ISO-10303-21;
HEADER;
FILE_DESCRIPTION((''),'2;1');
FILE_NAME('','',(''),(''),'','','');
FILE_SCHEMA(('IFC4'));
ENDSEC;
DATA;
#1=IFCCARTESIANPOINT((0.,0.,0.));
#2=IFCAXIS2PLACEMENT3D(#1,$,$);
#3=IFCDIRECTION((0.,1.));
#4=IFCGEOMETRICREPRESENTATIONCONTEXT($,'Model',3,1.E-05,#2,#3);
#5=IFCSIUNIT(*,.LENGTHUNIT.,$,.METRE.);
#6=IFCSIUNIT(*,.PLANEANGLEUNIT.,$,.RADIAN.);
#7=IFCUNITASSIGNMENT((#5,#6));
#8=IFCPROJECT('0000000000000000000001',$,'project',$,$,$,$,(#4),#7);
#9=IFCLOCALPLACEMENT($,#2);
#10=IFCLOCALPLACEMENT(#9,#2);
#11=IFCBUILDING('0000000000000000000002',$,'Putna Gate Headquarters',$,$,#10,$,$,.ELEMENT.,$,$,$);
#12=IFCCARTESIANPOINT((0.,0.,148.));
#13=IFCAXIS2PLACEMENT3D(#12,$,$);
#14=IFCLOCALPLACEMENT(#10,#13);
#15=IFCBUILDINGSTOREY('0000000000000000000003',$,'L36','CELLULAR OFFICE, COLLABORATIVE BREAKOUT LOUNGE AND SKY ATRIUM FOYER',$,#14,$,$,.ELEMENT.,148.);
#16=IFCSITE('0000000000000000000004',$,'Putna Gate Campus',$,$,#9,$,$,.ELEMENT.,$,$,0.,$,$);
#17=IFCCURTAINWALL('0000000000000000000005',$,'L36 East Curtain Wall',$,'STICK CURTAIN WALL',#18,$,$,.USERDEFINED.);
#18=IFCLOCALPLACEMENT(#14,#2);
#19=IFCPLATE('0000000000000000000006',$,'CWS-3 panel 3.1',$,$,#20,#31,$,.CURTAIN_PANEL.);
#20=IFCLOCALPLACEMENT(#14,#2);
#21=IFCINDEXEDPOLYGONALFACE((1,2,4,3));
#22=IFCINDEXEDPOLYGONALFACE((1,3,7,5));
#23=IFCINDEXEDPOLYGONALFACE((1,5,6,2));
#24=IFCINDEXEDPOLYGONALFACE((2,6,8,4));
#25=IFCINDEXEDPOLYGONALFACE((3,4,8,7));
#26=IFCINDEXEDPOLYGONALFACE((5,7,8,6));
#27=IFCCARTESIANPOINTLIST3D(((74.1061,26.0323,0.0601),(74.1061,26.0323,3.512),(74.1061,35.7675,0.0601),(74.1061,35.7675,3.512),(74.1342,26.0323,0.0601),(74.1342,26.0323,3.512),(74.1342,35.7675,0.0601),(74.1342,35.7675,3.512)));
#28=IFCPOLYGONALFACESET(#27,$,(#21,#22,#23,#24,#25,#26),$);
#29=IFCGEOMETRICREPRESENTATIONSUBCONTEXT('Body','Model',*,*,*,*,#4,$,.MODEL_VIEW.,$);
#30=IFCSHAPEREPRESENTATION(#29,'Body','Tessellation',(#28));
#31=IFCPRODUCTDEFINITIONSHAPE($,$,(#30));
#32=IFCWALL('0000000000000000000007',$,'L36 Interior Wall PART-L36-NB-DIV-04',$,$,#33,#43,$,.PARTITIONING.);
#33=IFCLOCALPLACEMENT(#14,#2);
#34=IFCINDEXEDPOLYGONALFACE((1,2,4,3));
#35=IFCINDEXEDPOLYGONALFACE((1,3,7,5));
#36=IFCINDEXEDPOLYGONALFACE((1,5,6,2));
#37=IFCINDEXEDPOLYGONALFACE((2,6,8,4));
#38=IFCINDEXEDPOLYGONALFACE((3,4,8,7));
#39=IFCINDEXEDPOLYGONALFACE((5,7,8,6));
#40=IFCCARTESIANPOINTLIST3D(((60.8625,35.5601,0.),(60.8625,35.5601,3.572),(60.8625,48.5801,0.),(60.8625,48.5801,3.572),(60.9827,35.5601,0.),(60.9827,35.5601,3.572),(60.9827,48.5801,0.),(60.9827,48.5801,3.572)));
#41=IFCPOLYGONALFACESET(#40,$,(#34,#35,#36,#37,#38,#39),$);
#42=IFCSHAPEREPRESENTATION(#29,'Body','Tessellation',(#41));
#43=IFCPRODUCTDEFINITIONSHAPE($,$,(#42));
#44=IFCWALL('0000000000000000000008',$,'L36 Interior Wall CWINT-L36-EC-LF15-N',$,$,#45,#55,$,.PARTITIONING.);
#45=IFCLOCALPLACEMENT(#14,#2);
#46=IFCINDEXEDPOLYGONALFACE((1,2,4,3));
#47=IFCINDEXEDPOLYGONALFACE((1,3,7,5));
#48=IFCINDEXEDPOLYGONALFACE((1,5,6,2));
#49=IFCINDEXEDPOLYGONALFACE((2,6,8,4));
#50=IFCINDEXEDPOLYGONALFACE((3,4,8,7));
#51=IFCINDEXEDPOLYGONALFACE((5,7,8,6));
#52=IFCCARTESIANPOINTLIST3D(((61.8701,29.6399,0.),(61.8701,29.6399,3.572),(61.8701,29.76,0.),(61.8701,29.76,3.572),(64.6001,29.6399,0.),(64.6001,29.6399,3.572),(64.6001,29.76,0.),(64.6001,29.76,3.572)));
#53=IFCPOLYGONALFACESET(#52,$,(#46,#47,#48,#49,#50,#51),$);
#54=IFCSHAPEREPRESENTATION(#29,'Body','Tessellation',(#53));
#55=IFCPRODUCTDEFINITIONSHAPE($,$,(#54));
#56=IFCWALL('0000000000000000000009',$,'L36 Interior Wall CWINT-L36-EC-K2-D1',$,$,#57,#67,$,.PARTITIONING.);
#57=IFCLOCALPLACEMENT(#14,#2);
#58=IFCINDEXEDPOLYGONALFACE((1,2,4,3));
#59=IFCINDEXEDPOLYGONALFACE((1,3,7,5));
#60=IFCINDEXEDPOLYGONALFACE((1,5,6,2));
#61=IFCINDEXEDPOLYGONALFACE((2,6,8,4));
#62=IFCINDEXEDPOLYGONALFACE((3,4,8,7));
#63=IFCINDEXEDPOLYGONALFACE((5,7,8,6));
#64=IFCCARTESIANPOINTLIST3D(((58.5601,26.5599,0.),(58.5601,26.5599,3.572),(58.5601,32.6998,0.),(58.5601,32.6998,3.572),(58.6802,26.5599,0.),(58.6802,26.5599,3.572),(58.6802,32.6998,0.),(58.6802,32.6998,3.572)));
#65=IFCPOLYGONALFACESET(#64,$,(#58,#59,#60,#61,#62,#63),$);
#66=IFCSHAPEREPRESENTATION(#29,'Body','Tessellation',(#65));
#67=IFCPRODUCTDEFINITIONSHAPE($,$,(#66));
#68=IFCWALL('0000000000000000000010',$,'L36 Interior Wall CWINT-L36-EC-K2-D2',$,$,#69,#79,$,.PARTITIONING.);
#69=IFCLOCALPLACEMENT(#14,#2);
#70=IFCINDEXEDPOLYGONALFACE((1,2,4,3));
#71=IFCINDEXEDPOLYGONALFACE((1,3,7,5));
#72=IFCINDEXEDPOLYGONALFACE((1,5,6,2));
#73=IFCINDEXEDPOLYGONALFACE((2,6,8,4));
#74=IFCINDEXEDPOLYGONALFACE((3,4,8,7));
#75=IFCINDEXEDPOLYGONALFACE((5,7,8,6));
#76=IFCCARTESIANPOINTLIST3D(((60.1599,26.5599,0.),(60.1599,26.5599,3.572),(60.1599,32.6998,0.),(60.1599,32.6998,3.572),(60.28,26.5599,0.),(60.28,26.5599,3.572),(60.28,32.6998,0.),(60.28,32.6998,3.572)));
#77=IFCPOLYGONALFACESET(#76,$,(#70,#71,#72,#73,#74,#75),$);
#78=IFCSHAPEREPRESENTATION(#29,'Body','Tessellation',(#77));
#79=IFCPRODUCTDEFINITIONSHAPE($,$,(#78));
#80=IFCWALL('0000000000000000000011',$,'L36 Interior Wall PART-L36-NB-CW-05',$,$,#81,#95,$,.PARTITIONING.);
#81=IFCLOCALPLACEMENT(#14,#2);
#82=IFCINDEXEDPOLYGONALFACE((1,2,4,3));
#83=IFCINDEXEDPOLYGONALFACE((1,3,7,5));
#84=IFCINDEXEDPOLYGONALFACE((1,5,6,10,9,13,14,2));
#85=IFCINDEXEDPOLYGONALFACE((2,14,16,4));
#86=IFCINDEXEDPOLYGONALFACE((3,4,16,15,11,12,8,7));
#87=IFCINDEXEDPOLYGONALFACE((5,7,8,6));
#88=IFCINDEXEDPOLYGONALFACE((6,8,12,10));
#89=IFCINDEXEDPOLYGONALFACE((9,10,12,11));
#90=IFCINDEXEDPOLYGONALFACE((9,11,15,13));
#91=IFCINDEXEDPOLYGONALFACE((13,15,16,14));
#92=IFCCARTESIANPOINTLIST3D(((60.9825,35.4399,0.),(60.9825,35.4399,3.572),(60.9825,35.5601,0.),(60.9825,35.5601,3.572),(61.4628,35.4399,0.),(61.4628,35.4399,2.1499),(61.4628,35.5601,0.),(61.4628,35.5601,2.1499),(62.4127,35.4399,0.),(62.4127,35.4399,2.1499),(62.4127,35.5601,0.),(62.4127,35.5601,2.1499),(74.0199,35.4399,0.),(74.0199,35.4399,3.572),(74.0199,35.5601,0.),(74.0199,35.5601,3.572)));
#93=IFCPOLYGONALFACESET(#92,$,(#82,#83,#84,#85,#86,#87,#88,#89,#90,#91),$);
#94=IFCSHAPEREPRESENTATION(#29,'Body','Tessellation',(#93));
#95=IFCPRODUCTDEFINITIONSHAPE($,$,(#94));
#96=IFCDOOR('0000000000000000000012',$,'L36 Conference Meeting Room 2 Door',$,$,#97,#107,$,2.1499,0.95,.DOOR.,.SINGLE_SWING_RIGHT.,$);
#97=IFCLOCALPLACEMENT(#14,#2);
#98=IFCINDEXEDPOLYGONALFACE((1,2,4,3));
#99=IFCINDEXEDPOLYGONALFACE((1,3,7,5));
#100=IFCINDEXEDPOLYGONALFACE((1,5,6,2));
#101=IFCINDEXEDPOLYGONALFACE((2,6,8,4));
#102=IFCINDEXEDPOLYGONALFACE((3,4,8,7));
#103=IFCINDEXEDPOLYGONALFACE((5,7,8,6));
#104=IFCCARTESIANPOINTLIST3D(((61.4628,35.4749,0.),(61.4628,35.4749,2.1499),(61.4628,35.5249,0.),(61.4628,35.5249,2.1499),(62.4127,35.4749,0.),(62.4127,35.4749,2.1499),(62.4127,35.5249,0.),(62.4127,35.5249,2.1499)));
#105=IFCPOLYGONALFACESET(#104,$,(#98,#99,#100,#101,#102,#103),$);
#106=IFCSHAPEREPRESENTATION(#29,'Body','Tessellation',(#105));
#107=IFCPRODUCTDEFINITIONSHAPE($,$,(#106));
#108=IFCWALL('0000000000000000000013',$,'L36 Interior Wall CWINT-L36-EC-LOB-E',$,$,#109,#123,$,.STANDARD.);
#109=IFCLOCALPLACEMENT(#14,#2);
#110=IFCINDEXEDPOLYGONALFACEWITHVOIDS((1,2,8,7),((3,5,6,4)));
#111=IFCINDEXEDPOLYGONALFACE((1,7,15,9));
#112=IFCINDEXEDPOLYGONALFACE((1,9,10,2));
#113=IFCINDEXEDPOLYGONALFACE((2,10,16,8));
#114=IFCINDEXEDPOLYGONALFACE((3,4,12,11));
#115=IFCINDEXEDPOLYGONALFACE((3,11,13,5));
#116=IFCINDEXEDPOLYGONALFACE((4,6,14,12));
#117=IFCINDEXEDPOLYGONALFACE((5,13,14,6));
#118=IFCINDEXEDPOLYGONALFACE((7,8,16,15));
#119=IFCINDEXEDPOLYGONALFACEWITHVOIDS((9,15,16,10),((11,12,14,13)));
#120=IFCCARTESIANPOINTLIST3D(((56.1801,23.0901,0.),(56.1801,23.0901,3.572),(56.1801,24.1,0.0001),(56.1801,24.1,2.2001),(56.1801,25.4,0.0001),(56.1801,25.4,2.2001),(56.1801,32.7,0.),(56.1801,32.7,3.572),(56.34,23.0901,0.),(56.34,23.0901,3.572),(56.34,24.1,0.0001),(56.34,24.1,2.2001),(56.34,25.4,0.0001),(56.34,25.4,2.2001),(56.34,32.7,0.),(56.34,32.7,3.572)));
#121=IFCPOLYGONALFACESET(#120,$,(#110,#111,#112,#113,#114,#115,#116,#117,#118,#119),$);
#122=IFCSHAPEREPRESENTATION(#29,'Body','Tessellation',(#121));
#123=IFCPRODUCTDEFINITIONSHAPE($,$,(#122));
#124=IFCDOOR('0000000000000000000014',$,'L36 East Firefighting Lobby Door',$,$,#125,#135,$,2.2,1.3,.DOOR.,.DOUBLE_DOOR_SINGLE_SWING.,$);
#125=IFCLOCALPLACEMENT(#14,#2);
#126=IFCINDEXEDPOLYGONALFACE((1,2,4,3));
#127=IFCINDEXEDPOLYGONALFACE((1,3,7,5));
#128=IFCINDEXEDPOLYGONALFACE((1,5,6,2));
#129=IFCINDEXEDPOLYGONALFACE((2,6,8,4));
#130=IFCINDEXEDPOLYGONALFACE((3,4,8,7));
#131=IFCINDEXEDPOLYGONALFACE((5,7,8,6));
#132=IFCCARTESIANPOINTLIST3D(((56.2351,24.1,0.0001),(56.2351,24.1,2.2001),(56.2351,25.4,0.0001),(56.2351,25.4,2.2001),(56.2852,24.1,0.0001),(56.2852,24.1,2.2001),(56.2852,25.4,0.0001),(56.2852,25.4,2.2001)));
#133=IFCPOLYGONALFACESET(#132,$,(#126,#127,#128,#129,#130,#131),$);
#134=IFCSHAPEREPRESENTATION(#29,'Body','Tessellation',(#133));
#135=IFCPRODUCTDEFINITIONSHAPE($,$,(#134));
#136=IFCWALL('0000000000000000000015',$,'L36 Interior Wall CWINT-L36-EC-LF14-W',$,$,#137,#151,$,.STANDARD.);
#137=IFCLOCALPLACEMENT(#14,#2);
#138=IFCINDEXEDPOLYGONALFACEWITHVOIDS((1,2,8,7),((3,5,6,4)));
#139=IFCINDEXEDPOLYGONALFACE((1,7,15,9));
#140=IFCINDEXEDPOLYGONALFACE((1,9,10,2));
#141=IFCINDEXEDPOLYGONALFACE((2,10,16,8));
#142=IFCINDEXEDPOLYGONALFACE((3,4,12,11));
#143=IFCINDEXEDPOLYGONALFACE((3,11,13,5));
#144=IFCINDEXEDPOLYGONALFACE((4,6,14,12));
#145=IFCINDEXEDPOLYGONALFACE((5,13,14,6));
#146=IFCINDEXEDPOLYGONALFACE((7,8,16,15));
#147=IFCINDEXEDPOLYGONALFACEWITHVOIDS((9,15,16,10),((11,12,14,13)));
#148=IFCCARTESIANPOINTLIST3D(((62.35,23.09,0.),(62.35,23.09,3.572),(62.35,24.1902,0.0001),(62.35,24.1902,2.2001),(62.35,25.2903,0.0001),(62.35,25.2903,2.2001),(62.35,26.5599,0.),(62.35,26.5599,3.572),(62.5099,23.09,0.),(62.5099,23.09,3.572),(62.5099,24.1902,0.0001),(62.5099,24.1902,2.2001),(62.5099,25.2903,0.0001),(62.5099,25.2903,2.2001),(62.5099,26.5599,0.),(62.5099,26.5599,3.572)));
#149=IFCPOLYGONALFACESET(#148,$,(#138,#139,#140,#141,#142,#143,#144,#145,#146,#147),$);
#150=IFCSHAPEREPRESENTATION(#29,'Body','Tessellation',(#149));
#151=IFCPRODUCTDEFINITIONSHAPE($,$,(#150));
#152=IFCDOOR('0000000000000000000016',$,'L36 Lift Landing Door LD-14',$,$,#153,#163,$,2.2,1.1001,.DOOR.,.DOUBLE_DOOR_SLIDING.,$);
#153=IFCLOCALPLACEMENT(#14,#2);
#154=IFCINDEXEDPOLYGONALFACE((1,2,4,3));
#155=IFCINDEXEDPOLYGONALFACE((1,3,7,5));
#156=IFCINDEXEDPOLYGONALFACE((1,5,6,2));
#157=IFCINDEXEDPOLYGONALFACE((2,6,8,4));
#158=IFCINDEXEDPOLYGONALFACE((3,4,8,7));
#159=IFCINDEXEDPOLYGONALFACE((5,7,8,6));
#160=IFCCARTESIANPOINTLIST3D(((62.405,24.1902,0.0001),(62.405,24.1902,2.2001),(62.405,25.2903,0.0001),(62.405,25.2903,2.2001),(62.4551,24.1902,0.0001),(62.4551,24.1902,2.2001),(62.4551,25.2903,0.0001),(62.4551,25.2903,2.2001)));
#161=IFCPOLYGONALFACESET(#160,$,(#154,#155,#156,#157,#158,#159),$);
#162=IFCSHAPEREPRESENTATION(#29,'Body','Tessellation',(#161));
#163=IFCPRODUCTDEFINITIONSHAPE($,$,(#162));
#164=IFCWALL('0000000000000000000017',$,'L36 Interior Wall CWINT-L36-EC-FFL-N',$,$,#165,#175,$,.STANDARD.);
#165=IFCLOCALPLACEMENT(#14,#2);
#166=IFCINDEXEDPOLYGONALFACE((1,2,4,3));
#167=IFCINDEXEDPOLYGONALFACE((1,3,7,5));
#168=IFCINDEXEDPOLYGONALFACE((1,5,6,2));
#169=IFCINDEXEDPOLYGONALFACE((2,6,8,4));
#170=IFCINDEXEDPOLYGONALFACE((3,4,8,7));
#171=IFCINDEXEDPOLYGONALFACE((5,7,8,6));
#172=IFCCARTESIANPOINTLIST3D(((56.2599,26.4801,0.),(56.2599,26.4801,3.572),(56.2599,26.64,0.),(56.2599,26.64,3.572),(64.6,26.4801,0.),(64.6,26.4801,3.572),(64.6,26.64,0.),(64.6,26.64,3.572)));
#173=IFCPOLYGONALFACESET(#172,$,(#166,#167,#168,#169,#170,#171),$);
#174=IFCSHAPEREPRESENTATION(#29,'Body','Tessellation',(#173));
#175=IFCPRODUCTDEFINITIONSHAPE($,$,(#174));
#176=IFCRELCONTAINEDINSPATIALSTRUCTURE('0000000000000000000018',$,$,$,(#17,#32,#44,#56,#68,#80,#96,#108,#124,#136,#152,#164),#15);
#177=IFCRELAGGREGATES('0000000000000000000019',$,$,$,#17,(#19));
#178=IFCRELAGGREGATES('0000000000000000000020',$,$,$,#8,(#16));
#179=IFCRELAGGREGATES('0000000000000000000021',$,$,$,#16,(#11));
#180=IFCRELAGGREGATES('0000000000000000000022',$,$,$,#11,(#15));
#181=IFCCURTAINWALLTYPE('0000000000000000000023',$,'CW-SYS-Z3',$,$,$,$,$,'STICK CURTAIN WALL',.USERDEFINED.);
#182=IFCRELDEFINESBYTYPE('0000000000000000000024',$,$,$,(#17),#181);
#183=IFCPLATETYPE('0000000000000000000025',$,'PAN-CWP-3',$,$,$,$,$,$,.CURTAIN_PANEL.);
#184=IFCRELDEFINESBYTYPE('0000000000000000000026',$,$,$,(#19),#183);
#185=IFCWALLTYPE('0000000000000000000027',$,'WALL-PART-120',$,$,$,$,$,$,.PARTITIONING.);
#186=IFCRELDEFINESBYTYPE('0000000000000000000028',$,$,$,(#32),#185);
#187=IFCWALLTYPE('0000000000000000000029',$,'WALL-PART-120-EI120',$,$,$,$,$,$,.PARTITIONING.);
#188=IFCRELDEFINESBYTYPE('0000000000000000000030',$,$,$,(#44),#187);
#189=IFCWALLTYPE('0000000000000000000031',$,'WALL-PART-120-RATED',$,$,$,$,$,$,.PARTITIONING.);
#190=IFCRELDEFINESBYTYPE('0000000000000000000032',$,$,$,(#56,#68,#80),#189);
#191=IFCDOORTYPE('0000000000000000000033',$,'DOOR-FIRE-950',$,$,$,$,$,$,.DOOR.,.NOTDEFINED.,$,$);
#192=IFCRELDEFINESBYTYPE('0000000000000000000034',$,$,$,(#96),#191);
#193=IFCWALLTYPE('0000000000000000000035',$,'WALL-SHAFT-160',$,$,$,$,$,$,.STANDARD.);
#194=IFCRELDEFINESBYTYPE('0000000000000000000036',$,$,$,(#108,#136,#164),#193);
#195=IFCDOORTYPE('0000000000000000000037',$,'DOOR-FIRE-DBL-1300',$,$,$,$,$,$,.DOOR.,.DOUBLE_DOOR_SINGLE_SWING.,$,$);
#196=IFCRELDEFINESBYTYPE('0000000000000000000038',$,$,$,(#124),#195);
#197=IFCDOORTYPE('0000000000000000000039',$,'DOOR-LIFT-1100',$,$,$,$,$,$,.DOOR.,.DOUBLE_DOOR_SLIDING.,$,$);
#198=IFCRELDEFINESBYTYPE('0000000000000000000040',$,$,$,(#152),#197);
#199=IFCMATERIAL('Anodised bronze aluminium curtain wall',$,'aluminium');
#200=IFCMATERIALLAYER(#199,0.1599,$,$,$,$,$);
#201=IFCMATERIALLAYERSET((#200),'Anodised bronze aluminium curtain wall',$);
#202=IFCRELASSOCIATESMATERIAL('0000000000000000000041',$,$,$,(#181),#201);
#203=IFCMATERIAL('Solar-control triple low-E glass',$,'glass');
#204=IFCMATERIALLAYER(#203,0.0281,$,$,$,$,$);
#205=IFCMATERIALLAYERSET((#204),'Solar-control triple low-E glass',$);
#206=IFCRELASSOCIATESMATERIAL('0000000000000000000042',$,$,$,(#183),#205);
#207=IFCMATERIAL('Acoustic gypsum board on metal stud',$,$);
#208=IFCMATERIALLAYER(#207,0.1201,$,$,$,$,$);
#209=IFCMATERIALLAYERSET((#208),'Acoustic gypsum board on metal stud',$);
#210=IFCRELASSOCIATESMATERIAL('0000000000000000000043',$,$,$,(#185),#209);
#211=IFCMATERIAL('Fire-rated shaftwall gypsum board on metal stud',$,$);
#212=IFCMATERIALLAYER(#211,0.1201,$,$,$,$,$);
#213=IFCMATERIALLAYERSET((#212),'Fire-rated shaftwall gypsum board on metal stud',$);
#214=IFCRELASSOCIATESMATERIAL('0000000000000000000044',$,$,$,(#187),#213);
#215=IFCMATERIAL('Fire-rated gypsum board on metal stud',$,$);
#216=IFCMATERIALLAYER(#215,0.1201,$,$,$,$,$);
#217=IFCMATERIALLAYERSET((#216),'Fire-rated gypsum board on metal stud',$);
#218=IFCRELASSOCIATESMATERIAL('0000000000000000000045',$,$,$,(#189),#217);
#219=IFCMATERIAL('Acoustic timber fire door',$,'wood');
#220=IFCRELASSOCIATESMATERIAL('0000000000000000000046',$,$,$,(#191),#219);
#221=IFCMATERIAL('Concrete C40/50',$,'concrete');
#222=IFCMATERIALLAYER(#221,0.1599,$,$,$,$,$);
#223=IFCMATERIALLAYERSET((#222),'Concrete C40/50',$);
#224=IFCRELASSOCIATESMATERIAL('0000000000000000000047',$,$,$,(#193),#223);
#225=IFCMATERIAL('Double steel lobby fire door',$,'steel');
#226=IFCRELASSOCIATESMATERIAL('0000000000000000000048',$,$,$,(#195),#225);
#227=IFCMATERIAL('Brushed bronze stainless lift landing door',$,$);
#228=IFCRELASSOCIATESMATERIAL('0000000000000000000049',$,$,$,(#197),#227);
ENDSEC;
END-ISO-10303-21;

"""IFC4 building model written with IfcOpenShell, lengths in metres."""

from ifc_helpers import new_model, si_unit, direction, frame, frame_2d, origin, origin_2d, place, context, subcontext, project, spatial, rectangle, extrude, material, layer, layer_set, type_object, element, fill, aggregate, save


model = new_model("IFC4")

# Units and contexts
model_context = context("Model", 3, precision=1e-05, world=origin(), true_north=direction((0.0, 1.0)))
body_context = subcontext(model_context, "Body", "Model", "MODEL_VIEW")
ifc_project = project(units=[si_unit("LENGTHUNIT", "METRE"), si_unit("PLANEANGLEUNIT", "RADIAN")], contexts=[model_context])

# Site, building, storey
site_placement = place(None, origin())
site = spatial("IfcSite", under=ifc_project, at=site_placement, Name="Putna Gate Campus", CompositionType="ELEMENT", RefElevation=0.0)
building_placement = place(site_placement, origin())
building = spatial("IfcBuilding", under=site, at=building_placement, Name="Putna Gate Headquarters", CompositionType="ELEMENT")
storey_placement = place(building_placement, frame((0.0, 0.0, 148.0)))
storey = spatial("IfcBuildingStorey", under=building, at=storey_placement, Name="L36", Description="CELLULAR OFFICE, COLLABORATIVE BREAKOUT LOUNGE AND SKY ATRIUM FOYER", CompositionType="ELEMENT", Elevation=148.0)

# Curtain wall, plate
ifc_material_1 = material(Name="Anodised bronze aluminium curtain wall", Category="aluminium")
ifc_layer_1 = layer(ifc_material_1, 0.1599)
ifc_layer_set_1 = layer_set([ifc_layer_1], Name="Anodised bronze aluminium curtain wall")
curtain_wall_type = type_object("IfcCurtainWallType", Name="CW-SYS-Z3", ElementType="STICK CURTAIN WALL", PredefinedType="USERDEFINED", material=ifc_layer_set_1)
curtain_wall_placement = place(storey_placement, origin())
curtain_wall = element("IfcCurtainWall", 1, at=curtain_wall_placement, inside=storey, type_object=curtain_wall_type, Name="L36 East Curtain Wall", ObjectType="STICK CURTAIN WALL", PredefinedType="USERDEFINED")
ifc_material_2 = material(Name="Solar-control triple low-E glass", Category="glass")
ifc_layer_2 = layer(ifc_material_2, 0.0281)
ifc_layer_set_2 = layer_set([ifc_layer_2], Name="Solar-control triple low-E glass")
plate_type = type_object("IfcPlateType", Name="PAN-CWP-3", PredefinedType="CURTAIN_PANEL", material=ifc_layer_set_2)
plate_placement = place(storey_placement, frame((74.1201, 30.8999, 0.0601), z_axis=(0.0, 0.0, 1.0), x_axis=(0.0, 1.0, 0.0)))
plate = element("IfcPlate", 2, at=plate_placement, type_object=plate_type, Name="CWS-3 panel 3.1", PredefinedType="CURTAIN_PANEL", context=body_context, shape_type="SweptSolid", body=[
    extrude(rectangle(XDim=9.7351, YDim=0.0281, at=origin_2d()), origin(), (0.0, 0.0, 1.0), 3.4519),
])
aggregate(curtain_wall, [plate])

# Walls
ifc_material_3 = material(Name="Acoustic gypsum board on metal stud")
ifc_layer_3 = layer(ifc_material_3, 0.1201)
ifc_layer_set_3 = layer_set([ifc_layer_3], Name="Acoustic gypsum board on metal stud")
wall_type_1 = type_object("IfcWallType", Name="WALL-PART-120", PredefinedType="PARTITIONING", material=ifc_layer_set_3)
wall_1_placement = place(storey_placement, frame((60.9226, 35.5601, 0.0), z_axis=(0.0, 0.0, 1.0), x_axis=(0.0, 1.0, 0.0)))
element("IfcWall", 3, at=wall_1_placement, inside=storey, type_object=wall_type_1, Name="L36 Interior Wall PART-L36-NB-DIV-04", PredefinedType="PARTITIONING", context=body_context, shape_type="SweptSolid", body=[
    extrude(rectangle(XDim=13.02, YDim=0.1201, at=frame_2d((6.51, 0.0))), origin(), (0.0, 0.0, 1.0), 3.572),
])
ifc_material_4 = material(Name="Fire-rated shaftwall gypsum board on metal stud")
ifc_layer_4 = layer(ifc_material_4, 0.1201)
ifc_layer_set_4 = layer_set([ifc_layer_4], Name="Fire-rated shaftwall gypsum board on metal stud")
wall_type_2 = type_object("IfcWallType", Name="WALL-PART-120-EI120", PredefinedType="PARTITIONING", material=ifc_layer_set_4)
wall_2_placement = place(storey_placement, frame((61.8701, 29.7, 0.0), z_axis=(0.0, 0.0, 1.0), x_axis=(1.0, 0.0, 0.0)))
element("IfcWall", 4, at=wall_2_placement, inside=storey, type_object=wall_type_2, Name="L36 Interior Wall CWINT-L36-EC-LF15-N", PredefinedType="PARTITIONING", context=body_context, shape_type="SweptSolid", body=[
    extrude(rectangle(XDim=2.73, YDim=0.1201, at=frame_2d((1.365, 0.0))), origin(), (0.0, 0.0, 1.0), 3.572),
])
ifc_material_5 = material(Name="Fire-rated gypsum board on metal stud")
ifc_layer_5 = layer(ifc_material_5, 0.1201)
ifc_layer_set_5 = layer_set([ifc_layer_5], Name="Fire-rated gypsum board on metal stud")
wall_type_3 = type_object("IfcWallType", Name="WALL-PART-120-RATED", PredefinedType="PARTITIONING", material=ifc_layer_set_5)
for number, where, z_axis, x_axis, name in (
    (5, (58.6201, 26.5601, 0.0), (0.0, 0.0, 1.0), (0.0, 1.0, 0.0), "L36 Interior Wall CWINT-L36-EC-K2-D1"),
    (6, (60.22, 26.5601, 0.0), (0.0, 0.0, 1.0), (0.0, 1.0, 0.0), "L36 Interior Wall CWINT-L36-EC-K2-D2"),
):
    element("IfcWall", number, at=place(storey_placement, frame(where, z_axis=z_axis, x_axis=x_axis)), inside=storey, type_object=wall_type_3, Name=name, PredefinedType="PARTITIONING", context=body_context, shape_type="SweptSolid", body=[
        extrude(rectangle(XDim=6.1399, YDim=0.1201, at=frame_2d((3.0698, 0.0))), origin(), (0.0, 0.0, 1.0), 3.572),
    ])

# Walls, openings, doors
wall_3_placement = place(storey_placement, frame((60.9827, 35.5, 0.0), z_axis=(0.0, 0.0, 1.0), x_axis=(1.0, 0.0, 0.0)))
wall_3 = element("IfcWall", 7, at=wall_3_placement, inside=storey, type_object=wall_type_3, Name="L36 Interior Wall PART-L36-NB-CW-05", PredefinedType="PARTITIONING", context=body_context, shape_type="SweptSolid", body=[
    extrude(rectangle(XDim=13.0374, YDim=0.1201, at=frame_2d((6.5186, 0.0))), origin(), (0.0, 0.0, 1.0), 3.572),
])
opening_1_placement = place(wall_3_placement, frame((0.48, 0.0, 0.0)))
opening_1 = element("IfcOpeningElement", 8, at=opening_1_placement, cuts=wall_3, PredefinedType="OPENING", context=body_context, shape_type="SweptSolid", body=[
    extrude(rectangle(XDim=0.95, YDim=2.1499, at=frame_2d((0.4751, 1.075))), frame((0.0, 0.0701, 0.0), z_axis=(0.0, -1.0, 0.0), x_axis=(1.0, 0.0, 0.0)), (0.0, 0.0, 1.0), 0.1401),
])
ifc_material_6 = material(Name="Acoustic timber fire door", Category="wood")
door_type_1 = type_object("IfcDoorType", Name="DOOR-FIRE-950", OperationType="NOTDEFINED", PredefinedType="DOOR", material=ifc_material_6)
door_1_placement = place(opening_1_placement, origin())
door_1 = element("IfcDoor", 9, at=door_1_placement, inside=storey, type_object=door_type_1, Name="L36 Conference Meeting Room 2 Door", OperationType="SINGLE_SWING_RIGHT", OverallHeight=2.1499, OverallWidth=0.95, PredefinedType="DOOR", context=body_context, shape_type="SweptSolid", body=[
    extrude(rectangle(XDim=0.95, YDim=2.1499, at=frame_2d((0.4751, 1.075))), frame((0.0, 0.0249, 0.0), z_axis=(0.0, -1.0, 0.0), x_axis=(1.0, 0.0, 0.0)), (0.0, 0.0, 1.0), 0.05),
])
fill(opening_1, door_1)
ifc_material_7 = material(Name="Concrete C40/50", Category="concrete")
ifc_layer_6 = layer(ifc_material_7, 0.1599)
ifc_layer_set_6 = layer_set([ifc_layer_6], Name="Concrete C40/50")
wall_type_4 = type_object("IfcWallType", Name="WALL-SHAFT-160", PredefinedType="STANDARD", material=ifc_layer_set_6)
wall_4_placement = place(storey_placement, frame((56.26, 23.0901, 0.0), z_axis=(0.0, 0.0, 1.0), x_axis=(0.0, 1.0, 0.0)))
wall_4 = element("IfcWall", 10, at=wall_4_placement, inside=storey, type_object=wall_type_4, Name="L36 Interior Wall CWINT-L36-EC-LOB-E", PredefinedType="STANDARD", context=body_context, shape_type="SweptSolid", body=[
    extrude(rectangle(XDim=9.6099, YDim=0.1599, at=frame_2d((4.8049, 0.0))), origin(), (0.0, 0.0, 1.0), 3.572),
])
opening_2_placement = place(wall_4_placement, frame((1.01, 0.0, 0.0)))
opening_2 = element("IfcOpeningElement", 11, at=opening_2_placement, cuts=wall_4, PredefinedType="OPENING", context=body_context, shape_type="SweptSolid", body=[
    extrude(rectangle(XDim=1.3, YDim=2.2, at=frame_2d((0.6499, 1.1001))), frame((0.0, 0.0898, 0.0), z_axis=(0.0, -1.0, 0.0), x_axis=(1.0, 0.0, 0.0)), (0.0, 0.0, 1.0), 0.1799),
])
ifc_material_8 = material(Name="Double steel lobby fire door", Category="steel")
door_type_2 = type_object("IfcDoorType", Name="DOOR-FIRE-DBL-1300", OperationType="DOUBLE_DOOR_SINGLE_SWING", PredefinedType="DOOR", material=ifc_material_8)
door_2_placement = place(opening_2_placement, origin())
door_2 = element("IfcDoor", 12, at=door_2_placement, inside=storey, type_object=door_type_2, Name="L36 East Firefighting Lobby Door", OperationType="DOUBLE_DOOR_SINGLE_SWING", OverallHeight=2.2, OverallWidth=1.3, PredefinedType="DOOR", context=body_context, shape_type="SweptSolid", body=[
    extrude(rectangle(XDim=1.3, YDim=2.2, at=frame_2d((0.6499, 1.1001))), frame((0.0, 0.0249, 0.0), z_axis=(0.0, -1.0, 0.0), x_axis=(1.0, 0.0, 0.0)), (0.0, 0.0, 1.0), 0.05),
])
fill(opening_2, door_2)
wall_5_placement = place(storey_placement, frame((62.4299, 23.0901, 0.0), z_axis=(0.0, 0.0, 1.0), x_axis=(0.0, 1.0, 0.0)))
wall_5 = element("IfcWall", 13, at=wall_5_placement, inside=storey, type_object=wall_type_4, Name="L36 Interior Wall CWINT-L36-EC-LF14-W", PredefinedType="STANDARD", context=body_context, shape_type="SweptSolid", body=[
    extrude(rectangle(XDim=3.47, YDim=0.1599, at=frame_2d((1.7349, 0.0))), origin(), (0.0, 0.0, 1.0), 3.572),
])
opening_3_placement = place(wall_5_placement, frame((1.1001, 0.0, 0.0)))
opening_3 = element("IfcOpeningElement", 14, at=opening_3_placement, cuts=wall_5, PredefinedType="OPENING", context=body_context, shape_type="SweptSolid", body=[
    extrude(rectangle(XDim=1.1001, YDim=2.2, at=frame_2d((0.55, 1.1001))), frame((0.0, 0.0898, 0.0), z_axis=(0.0, -1.0, 0.0), x_axis=(1.0, 0.0, 0.0)), (0.0, 0.0, 1.0), 0.1799),
])
ifc_material_9 = material(Name="Brushed bronze stainless lift landing door")
door_type_3 = type_object("IfcDoorType", Name="DOOR-LIFT-1100", OperationType="DOUBLE_DOOR_SLIDING", PredefinedType="DOOR", material=ifc_material_9)
door_3_placement = place(opening_3_placement, origin())
door_3 = element("IfcDoor", 15, at=door_3_placement, inside=storey, type_object=door_type_3, Name="L36 Lift Landing Door LD-14", OperationType="DOUBLE_DOOR_SLIDING", OverallHeight=2.2, OverallWidth=1.1001, PredefinedType="DOOR", context=body_context, shape_type="SweptSolid", body=[
    extrude(rectangle(XDim=1.1001, YDim=2.2, at=frame_2d((0.55, 1.1001))), frame((0.0, 0.0249, 0.0), z_axis=(0.0, -1.0, 0.0), x_axis=(1.0, 0.0, 0.0)), (0.0, 0.0, 1.0), 0.05),
])
fill(opening_3, door_3)

# Wall
wall_6_placement = place(storey_placement, frame((56.26, 26.5601, 0.0), z_axis=(0.0, 0.0, 1.0), x_axis=(1.0, 0.0, 0.0)))
element("IfcWall", 16, at=wall_6_placement, inside=storey, type_object=wall_type_4, Name="L36 Interior Wall CWINT-L36-EC-FFL-N", PredefinedType="STANDARD", context=body_context, shape_type="SweptSolid", body=[
    extrude(rectangle(XDim=8.3401, YDim=0.1599, at=frame_2d((4.1699, 0.0))), origin(), (0.0, 0.0, 1.0), 3.572),
])

save(model, "model.ifc")
